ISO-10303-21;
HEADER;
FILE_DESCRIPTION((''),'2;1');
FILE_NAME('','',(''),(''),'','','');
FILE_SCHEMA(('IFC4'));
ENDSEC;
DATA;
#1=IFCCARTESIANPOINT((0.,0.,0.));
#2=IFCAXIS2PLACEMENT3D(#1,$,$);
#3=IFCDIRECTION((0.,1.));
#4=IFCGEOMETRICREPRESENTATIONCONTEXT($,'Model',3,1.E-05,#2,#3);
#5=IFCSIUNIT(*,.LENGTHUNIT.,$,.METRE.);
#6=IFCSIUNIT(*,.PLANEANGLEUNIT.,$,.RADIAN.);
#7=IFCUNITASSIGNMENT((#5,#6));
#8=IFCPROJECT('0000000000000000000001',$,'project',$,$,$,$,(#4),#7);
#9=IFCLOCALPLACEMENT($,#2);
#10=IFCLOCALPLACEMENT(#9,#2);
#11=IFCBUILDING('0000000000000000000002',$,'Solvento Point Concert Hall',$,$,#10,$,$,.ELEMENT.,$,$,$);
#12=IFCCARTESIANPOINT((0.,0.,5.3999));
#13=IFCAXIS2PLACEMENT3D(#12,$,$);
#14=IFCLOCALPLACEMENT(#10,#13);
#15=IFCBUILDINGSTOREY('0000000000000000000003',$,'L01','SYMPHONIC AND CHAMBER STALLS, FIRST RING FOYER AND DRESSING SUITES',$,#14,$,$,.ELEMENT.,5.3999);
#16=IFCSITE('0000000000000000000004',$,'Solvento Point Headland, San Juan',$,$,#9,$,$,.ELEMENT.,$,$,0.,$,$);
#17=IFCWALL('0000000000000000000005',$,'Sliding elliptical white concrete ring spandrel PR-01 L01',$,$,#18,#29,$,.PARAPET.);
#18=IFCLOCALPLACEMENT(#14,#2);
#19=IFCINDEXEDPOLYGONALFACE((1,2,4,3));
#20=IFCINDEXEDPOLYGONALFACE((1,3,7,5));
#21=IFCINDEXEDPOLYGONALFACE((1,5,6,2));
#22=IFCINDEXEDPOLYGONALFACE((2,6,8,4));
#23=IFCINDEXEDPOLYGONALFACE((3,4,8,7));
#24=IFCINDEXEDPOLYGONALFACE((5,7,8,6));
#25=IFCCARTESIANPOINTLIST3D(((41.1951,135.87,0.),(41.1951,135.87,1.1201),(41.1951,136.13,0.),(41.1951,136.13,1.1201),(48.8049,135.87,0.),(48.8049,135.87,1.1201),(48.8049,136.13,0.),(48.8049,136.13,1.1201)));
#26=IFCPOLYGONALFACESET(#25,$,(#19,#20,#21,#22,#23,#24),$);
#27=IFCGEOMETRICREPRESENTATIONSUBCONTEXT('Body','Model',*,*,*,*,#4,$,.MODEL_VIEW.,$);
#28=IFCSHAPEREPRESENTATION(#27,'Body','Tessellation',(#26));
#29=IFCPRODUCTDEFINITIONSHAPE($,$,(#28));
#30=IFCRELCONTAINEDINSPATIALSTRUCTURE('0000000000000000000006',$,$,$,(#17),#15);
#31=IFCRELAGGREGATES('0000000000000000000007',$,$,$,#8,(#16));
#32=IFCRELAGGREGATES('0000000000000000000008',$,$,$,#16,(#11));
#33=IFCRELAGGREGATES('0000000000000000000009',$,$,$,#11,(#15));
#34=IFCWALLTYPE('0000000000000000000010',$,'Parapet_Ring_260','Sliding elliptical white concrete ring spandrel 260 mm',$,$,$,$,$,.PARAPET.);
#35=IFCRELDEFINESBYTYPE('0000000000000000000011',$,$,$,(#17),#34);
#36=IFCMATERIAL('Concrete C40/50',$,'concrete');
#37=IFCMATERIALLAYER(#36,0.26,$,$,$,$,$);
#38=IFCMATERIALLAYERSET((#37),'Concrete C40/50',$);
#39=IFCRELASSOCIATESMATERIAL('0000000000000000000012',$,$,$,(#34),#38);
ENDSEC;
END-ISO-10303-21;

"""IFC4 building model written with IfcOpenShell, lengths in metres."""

from ifc_helpers import new_model, si_unit, direction, frame, frame_2d, origin, place, context, subcontext, project, spatial, rectangle, extrude, material, layer, layer_set, type_object, element, save


model = new_model("IFC4")

# Units and contexts
model_context = context("Model", 3, precision=1e-05, world=origin(), true_north=direction((0.0, 1.0)))
body_context = subcontext(model_context, "Body", "Model", "MODEL_VIEW")
ifc_project = project(units=[si_unit("LENGTHUNIT", "METRE"), si_unit("PLANEANGLEUNIT", "RADIAN")], contexts=[model_context])

# Site, building, storey
site_placement = place(None, origin())
site = spatial("IfcSite", under=ifc_project, at=site_placement, Name="Solvento Point Headland, San Juan", CompositionType="ELEMENT", RefElevation=0.0)
building_placement = place(site_placement, origin())
building = spatial("IfcBuilding", under=site, at=building_placement, Name="Solvento Point Concert Hall", CompositionType="ELEMENT")
storey_placement = place(building_placement, frame((0.0, 0.0, 5.3999)))
storey = spatial("IfcBuildingStorey", under=building, at=storey_placement, Name="L01", Description="SYMPHONIC AND CHAMBER STALLS, FIRST RING FOYER AND DRESSING SUITES", CompositionType="ELEMENT", Elevation=5.3999)

# Wall
ifc_material_1 = material(Name="Concrete C40/50", Category="concrete")
ifc_layer = layer(ifc_material_1, 0.26)
ifc_layer_set = layer_set([ifc_layer], Name="Concrete C40/50")
wall_type = type_object("IfcWallType", Name="Parapet_Ring_260", Description="Sliding elliptical white concrete ring spandrel 260 mm", PredefinedType="PARAPET", material=ifc_layer_set)
wall_1_placement = place(storey_placement, frame((41.1951, 136.0, 0.0), z_axis=(0.0, 0.0, 1.0), x_axis=(1.0, 0.0, 0.0)))
element("IfcWall", 1, at=wall_1_placement, inside=storey, type_object=wall_type, Name="Sliding elliptical white concrete ring spandrel PR-01 L01", PredefinedType="PARAPET", context=body_context, shape_type="SweptSolid", body=[
    extrude(rectangle(XDim=7.6099, YDim=0.26, at=frame_2d((3.8049, 0.0))), origin(), (0.0, 0.0, 1.0), 1.1201),
])

save(model, "model.ifc")
